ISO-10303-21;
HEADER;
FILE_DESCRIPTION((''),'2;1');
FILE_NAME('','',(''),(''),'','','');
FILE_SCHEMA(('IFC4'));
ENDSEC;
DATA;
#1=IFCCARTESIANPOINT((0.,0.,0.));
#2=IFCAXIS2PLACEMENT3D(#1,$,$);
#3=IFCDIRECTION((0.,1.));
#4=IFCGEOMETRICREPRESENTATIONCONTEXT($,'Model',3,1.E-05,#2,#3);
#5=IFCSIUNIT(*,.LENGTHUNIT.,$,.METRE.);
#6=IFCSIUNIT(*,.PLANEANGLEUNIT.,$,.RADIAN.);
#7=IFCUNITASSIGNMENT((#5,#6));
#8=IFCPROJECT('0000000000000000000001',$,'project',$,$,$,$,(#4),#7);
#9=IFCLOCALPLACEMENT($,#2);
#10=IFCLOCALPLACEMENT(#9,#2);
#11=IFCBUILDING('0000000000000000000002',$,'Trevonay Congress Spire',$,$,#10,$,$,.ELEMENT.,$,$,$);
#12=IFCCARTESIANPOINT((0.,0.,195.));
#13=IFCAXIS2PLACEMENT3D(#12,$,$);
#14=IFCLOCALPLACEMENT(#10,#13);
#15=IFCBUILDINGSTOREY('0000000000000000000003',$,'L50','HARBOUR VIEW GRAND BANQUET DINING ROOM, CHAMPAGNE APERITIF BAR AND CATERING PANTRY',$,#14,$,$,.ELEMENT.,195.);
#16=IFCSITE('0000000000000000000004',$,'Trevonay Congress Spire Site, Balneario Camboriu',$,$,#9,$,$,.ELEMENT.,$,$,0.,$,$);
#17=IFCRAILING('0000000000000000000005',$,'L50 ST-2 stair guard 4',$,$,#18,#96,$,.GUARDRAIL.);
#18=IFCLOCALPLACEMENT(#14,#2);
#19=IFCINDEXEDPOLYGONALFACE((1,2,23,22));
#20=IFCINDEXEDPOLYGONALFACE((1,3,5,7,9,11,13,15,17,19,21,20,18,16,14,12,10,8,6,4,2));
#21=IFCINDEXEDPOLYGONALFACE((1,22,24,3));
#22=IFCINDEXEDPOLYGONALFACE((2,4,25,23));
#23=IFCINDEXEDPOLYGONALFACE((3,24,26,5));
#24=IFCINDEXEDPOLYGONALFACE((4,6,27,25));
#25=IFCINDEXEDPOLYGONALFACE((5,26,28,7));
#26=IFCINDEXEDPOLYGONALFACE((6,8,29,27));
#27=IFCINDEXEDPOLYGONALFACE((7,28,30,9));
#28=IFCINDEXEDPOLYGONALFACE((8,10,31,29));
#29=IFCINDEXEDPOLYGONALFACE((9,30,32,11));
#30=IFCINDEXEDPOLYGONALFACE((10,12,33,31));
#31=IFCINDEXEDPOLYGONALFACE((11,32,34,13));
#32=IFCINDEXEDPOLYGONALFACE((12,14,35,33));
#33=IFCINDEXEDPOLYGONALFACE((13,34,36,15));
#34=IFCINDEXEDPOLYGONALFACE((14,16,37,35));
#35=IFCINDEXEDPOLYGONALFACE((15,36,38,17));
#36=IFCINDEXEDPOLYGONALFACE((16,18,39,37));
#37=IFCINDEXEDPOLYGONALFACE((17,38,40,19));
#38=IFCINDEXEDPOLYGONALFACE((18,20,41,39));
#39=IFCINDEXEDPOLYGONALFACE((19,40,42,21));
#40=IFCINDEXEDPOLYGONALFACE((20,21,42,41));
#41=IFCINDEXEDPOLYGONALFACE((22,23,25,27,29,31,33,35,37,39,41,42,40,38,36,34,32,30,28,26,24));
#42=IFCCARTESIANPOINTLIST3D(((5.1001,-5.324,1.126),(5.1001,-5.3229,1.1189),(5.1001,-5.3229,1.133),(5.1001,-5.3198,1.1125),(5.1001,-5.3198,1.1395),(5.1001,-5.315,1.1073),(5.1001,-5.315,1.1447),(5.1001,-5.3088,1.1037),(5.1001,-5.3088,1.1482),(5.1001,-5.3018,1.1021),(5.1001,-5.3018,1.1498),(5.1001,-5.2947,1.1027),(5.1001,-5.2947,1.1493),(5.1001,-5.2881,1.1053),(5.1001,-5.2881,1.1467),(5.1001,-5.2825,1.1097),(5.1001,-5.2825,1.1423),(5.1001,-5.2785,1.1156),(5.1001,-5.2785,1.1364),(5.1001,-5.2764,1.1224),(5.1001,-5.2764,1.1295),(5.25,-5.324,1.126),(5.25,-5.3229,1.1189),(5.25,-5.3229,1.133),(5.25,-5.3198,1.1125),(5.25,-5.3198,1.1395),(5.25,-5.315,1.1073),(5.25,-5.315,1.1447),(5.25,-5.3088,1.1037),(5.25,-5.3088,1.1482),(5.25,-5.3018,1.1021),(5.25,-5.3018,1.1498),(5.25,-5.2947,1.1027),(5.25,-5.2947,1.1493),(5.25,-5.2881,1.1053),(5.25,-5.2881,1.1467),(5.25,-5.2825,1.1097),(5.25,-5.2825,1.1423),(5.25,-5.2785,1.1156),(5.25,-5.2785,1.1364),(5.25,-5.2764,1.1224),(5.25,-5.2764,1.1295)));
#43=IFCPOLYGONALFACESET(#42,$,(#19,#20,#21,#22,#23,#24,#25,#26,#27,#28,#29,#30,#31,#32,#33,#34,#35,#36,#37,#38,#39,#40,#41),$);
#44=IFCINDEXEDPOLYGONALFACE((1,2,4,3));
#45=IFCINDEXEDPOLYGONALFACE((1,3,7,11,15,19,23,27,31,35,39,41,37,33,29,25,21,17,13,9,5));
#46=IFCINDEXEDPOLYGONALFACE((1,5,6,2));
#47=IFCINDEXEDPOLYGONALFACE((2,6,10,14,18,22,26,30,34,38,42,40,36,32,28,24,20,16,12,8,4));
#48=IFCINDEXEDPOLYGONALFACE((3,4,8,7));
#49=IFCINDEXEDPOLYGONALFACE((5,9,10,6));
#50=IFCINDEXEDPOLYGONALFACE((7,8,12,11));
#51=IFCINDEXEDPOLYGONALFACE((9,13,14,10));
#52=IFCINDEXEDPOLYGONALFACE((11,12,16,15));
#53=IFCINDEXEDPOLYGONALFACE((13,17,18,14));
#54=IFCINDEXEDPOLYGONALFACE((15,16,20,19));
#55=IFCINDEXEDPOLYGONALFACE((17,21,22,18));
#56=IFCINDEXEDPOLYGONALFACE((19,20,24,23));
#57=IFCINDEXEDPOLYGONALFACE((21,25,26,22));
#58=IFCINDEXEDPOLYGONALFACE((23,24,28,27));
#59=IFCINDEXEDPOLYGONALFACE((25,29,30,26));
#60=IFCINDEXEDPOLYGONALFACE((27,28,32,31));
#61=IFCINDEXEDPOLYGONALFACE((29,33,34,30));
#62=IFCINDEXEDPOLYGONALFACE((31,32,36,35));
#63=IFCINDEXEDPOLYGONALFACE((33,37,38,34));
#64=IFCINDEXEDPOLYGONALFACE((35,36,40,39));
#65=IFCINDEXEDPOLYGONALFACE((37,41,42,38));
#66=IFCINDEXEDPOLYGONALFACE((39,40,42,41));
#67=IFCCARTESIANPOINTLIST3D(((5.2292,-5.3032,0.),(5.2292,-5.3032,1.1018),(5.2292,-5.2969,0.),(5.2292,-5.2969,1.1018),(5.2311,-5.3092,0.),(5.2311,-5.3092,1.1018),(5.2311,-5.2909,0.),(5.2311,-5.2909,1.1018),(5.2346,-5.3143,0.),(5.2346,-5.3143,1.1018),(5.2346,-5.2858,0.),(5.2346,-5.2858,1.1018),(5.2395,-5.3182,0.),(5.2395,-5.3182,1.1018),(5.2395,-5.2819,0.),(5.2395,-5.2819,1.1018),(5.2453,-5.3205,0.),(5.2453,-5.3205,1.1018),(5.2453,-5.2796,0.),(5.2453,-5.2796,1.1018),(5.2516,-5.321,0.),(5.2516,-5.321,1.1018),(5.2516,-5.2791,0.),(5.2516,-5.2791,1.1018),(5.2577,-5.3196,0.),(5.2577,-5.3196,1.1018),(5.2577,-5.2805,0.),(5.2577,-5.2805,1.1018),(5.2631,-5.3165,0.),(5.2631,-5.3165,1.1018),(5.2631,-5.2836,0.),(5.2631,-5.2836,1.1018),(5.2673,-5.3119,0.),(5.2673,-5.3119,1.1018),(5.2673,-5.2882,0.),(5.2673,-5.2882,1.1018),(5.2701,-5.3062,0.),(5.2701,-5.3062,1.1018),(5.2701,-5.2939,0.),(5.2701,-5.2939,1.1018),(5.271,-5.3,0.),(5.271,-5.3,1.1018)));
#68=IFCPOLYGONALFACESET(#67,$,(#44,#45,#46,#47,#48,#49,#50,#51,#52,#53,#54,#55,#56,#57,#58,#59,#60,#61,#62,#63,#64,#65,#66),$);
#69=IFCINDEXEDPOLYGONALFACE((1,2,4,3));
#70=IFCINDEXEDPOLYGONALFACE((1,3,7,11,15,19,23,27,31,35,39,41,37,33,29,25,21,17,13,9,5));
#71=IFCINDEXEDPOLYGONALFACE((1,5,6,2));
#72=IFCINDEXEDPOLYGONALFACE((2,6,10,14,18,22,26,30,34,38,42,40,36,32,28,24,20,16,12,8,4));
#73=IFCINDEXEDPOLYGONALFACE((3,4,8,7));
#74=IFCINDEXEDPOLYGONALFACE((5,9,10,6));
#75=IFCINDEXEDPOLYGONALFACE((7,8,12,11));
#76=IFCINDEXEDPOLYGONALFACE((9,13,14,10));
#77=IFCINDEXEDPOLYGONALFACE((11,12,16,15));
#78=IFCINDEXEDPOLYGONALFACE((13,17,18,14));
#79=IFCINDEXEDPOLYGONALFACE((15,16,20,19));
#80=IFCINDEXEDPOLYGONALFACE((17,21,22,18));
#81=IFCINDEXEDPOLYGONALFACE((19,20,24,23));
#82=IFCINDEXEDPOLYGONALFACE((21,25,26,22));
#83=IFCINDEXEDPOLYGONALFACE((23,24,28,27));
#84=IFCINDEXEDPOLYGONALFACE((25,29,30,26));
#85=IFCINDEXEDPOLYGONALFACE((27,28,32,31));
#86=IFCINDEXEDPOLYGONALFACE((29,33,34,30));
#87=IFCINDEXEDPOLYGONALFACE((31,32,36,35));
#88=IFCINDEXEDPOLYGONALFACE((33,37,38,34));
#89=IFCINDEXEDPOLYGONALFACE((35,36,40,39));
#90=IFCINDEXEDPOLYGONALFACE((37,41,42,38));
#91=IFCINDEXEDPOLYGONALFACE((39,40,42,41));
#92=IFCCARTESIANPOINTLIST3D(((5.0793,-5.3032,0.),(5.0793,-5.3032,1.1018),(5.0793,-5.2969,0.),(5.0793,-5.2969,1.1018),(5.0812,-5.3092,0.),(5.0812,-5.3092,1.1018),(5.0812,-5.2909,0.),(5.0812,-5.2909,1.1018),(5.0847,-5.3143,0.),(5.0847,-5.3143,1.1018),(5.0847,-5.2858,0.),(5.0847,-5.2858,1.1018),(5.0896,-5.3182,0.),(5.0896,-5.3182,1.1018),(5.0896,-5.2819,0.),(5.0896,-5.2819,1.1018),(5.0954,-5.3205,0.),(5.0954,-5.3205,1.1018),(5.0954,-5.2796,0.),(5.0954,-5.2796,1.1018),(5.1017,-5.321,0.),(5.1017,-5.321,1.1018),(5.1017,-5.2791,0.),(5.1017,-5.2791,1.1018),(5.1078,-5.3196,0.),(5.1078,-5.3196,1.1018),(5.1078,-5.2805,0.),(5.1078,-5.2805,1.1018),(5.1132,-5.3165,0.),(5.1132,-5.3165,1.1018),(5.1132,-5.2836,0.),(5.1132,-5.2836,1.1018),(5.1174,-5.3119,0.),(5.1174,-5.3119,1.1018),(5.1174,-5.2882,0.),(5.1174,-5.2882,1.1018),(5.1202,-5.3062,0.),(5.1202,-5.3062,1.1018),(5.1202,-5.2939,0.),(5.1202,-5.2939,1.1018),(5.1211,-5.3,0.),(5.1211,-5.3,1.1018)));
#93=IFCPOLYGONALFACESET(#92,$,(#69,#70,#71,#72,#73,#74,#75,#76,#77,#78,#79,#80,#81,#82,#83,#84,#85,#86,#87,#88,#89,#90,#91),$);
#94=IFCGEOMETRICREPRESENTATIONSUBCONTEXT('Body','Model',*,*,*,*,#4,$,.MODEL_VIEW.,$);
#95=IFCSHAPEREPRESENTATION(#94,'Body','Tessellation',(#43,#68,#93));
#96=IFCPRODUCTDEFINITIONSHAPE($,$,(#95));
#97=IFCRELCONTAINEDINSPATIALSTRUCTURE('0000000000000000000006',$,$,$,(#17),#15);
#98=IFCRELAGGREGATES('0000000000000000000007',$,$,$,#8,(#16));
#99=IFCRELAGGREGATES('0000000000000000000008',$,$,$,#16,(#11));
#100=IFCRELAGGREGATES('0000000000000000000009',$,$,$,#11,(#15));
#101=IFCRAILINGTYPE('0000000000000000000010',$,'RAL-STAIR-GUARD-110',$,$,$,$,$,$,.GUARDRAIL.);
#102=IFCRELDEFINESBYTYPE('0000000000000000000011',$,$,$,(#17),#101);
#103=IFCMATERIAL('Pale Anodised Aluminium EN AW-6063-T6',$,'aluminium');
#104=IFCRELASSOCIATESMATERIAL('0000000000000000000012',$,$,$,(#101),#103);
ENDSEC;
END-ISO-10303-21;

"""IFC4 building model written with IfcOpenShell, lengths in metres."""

from ifc_helpers import new_model, si_unit, direction, frame, origin, origin_2d, place, context, subcontext, project, spatial, circle, extrude, material, type_object, element, save


model = new_model("IFC4")

# Units and contexts
model_context = context("Model", 3, precision=1e-05, world=origin(), true_north=direction((0.0, 1.0)))
body_context = subcontext(model_context, "Body", "Model", "MODEL_VIEW")
ifc_project = project(units=[si_unit("LENGTHUNIT", "METRE"), si_unit("PLANEANGLEUNIT", "RADIAN")], contexts=[model_context])

# Site, building, storey
site_placement = place(None, origin())
site = spatial("IfcSite", under=ifc_project, at=site_placement, Name="Trevonay Congress Spire Site, Balneario Camboriu", CompositionType="ELEMENT", RefElevation=0.0)
building_placement = place(site_placement, origin())
building = spatial("IfcBuilding", under=site, at=building_placement, Name="Trevonay Congress Spire", CompositionType="ELEMENT")
storey_placement = place(building_placement, frame((0.0, 0.0, 195.0)))
storey = spatial("IfcBuildingStorey", under=building, at=storey_placement, Name="L50", Description="HARBOUR VIEW GRAND BANQUET DINING ROOM, CHAMPAGNE APERITIF BAR AND CATERING PANTRY", CompositionType="ELEMENT", Elevation=195.0)

# Shared definitions
ifc_material_1 = material(Name="Pale Anodised Aluminium EN AW-6063-T6", Category="aluminium")

# Railing
railing_type_1 = type_object("IfcRailingType", Name="RAL-STAIR-GUARD-110", PredefinedType="GUARDRAIL", material=ifc_material_1)
railing_1_placement = place(storey_placement, frame((5.25, -5.3, 0.0)))
element("IfcRailing", 1, at=railing_1_placement, inside=storey, type_object=railing_type_1, Name="L50 ST-2 stair guard 4", PredefinedType="GUARDRAIL", context=body_context, shape_type="SweptSolid", body=[
    extrude(circle(Radius=0.0239, at=origin_2d()), frame((0.0, 0.0, 1.126), z_axis=(-1.0, 0.0, 0.0), x_axis=(0.0, -1.0, 0.0)), (0.0, 0.0, 1.0), 0.1499),
    extrude(circle(Radius=0.021, at=origin_2d()), origin(), (0.0, 0.0, 1.0), 1.1018),
    extrude(circle(Radius=0.021, at=origin_2d()), frame((-0.1499, 0.0, 0.0)), (0.0, 0.0, 1.0), 1.1018),
])

save(model, "model.ifc")
